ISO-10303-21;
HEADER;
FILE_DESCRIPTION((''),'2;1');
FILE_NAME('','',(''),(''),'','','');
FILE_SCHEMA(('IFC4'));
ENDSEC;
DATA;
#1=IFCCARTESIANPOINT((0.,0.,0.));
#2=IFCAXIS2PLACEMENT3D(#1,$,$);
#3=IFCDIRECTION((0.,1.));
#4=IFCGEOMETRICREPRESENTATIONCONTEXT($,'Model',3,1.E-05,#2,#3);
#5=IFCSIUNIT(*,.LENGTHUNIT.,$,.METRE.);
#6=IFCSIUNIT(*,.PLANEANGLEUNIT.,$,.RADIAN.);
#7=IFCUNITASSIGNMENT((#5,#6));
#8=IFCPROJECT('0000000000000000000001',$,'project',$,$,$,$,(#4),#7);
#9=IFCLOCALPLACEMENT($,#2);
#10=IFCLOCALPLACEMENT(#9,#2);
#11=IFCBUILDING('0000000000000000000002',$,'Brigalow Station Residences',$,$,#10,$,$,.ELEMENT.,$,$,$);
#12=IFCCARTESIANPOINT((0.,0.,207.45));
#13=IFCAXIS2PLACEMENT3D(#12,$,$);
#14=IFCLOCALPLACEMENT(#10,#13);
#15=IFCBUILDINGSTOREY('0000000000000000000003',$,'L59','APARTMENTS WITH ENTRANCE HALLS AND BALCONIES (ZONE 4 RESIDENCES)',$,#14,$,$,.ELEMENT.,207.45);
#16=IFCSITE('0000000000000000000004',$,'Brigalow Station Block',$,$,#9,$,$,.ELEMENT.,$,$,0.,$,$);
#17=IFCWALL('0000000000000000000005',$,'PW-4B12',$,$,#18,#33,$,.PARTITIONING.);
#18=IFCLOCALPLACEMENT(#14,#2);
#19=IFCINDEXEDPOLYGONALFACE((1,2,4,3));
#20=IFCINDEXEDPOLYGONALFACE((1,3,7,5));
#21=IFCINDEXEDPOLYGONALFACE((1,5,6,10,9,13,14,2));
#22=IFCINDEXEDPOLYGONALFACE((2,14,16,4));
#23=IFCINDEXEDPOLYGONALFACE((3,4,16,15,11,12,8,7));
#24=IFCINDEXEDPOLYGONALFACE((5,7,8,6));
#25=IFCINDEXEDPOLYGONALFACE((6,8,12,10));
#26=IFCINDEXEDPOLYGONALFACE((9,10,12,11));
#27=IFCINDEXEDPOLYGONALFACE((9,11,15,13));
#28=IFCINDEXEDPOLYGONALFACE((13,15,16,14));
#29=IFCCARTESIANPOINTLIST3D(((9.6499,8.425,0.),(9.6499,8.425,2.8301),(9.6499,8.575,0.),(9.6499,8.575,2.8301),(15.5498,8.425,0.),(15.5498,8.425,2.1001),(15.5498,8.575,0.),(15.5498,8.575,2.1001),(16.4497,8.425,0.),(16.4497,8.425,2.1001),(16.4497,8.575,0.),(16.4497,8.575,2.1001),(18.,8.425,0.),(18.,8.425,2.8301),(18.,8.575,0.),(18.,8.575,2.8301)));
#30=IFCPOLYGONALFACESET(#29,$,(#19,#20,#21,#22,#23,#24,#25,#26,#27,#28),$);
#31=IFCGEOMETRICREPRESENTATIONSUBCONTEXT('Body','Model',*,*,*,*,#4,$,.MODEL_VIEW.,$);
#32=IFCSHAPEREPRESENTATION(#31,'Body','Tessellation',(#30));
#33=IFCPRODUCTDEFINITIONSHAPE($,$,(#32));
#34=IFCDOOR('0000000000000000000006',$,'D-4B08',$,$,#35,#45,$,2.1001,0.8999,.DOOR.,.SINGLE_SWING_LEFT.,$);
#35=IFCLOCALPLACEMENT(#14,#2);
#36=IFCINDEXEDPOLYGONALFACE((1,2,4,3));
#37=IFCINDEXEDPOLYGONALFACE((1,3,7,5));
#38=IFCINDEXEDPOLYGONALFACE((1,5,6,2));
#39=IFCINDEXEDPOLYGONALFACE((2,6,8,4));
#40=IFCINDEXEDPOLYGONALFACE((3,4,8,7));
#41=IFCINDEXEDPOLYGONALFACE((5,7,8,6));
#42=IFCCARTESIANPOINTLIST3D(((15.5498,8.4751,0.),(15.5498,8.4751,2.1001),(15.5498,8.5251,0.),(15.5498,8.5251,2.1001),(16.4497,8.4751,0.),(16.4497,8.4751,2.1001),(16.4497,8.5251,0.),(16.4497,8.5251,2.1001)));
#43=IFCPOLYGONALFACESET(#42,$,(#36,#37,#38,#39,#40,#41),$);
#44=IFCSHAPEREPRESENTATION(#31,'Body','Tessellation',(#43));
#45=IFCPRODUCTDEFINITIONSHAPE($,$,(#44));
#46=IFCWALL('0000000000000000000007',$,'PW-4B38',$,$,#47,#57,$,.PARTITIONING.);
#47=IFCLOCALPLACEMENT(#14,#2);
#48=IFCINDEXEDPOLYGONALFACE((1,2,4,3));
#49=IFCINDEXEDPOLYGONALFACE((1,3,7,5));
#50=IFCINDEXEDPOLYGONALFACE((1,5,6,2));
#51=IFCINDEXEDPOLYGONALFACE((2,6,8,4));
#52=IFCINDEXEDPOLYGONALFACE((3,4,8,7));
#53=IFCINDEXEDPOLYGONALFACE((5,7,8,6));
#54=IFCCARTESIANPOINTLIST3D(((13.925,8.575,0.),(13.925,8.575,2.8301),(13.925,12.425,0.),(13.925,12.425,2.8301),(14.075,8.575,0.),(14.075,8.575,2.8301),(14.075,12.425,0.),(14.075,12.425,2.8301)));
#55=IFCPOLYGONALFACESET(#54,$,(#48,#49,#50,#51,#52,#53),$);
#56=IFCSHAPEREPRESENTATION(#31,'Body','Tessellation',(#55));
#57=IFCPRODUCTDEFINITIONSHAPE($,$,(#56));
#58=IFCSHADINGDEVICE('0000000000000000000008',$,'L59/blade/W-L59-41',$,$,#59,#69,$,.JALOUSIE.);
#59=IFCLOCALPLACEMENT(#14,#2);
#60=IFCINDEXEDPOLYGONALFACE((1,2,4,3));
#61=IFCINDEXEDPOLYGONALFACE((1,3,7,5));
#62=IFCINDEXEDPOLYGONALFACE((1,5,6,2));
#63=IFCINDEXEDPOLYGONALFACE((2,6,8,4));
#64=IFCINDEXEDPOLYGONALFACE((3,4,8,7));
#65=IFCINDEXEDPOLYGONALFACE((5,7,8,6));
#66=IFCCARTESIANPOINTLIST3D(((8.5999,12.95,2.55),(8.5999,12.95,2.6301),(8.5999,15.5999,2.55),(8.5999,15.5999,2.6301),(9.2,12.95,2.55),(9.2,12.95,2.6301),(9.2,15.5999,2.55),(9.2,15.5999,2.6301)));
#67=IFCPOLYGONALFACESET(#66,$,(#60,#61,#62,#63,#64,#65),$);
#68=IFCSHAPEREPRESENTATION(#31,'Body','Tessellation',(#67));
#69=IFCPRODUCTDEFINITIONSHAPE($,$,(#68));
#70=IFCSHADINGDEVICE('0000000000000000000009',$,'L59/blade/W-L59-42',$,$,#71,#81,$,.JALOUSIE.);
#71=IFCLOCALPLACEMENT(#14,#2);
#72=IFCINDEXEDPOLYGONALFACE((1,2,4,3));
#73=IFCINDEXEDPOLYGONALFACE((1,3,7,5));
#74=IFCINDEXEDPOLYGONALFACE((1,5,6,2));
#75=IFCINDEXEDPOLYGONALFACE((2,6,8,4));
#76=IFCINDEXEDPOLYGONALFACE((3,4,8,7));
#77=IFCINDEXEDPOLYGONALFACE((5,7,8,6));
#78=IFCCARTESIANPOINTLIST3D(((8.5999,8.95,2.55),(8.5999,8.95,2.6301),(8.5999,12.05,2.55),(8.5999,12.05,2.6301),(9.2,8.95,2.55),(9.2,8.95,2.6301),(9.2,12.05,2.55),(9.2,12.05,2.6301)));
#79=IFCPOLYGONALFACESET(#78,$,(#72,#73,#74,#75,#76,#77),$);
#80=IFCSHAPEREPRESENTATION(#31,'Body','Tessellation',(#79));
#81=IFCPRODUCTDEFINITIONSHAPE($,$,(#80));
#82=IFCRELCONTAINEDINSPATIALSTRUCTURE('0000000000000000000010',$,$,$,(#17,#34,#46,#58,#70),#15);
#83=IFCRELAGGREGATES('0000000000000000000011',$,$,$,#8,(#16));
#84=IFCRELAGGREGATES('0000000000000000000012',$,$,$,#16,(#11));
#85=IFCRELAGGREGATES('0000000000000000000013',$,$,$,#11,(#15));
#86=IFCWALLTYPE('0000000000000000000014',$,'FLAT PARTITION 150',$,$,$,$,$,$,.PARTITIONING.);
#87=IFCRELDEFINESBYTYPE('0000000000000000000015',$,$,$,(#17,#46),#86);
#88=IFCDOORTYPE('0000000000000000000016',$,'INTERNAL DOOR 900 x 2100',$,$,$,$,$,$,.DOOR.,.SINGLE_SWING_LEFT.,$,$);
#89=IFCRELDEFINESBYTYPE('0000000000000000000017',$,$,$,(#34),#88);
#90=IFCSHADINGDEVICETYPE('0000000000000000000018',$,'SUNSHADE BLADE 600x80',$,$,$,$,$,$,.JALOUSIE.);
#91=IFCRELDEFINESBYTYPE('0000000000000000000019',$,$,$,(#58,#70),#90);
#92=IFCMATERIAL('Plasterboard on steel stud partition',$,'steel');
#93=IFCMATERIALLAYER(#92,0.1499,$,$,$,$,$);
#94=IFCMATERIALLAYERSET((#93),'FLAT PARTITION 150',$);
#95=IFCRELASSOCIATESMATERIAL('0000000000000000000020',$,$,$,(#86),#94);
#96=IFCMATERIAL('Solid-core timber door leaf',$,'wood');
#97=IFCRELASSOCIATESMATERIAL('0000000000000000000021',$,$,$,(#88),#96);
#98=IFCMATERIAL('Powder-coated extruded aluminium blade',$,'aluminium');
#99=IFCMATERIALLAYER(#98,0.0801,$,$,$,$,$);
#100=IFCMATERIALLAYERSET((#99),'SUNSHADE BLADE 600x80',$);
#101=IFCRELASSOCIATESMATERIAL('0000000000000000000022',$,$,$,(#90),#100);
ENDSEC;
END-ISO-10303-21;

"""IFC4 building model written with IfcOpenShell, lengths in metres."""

from ifc_helpers import new_model, si_unit, direction, frame, frame_2d, origin, origin_2d, place, context, subcontext, project, spatial, rectangle, extrude, material, layer, layer_set, type_object, element, fill, save


model = new_model("IFC4")

# Units and contexts
model_context = context("Model", 3, precision=1e-05, world=origin(), true_north=direction((0.0, 1.0)))
body_context = subcontext(model_context, "Body", "Model", "MODEL_VIEW")
ifc_project = project(units=[si_unit("LENGTHUNIT", "METRE"), si_unit("PLANEANGLEUNIT", "RADIAN")], contexts=[model_context])

# Site, building, storey
site_placement = place(None, origin())
site = spatial("IfcSite", under=ifc_project, at=site_placement, Name="Brigalow Station Block", CompositionType="ELEMENT", RefElevation=0.0)
building_placement = place(site_placement, origin())
building = spatial("IfcBuilding", under=site, at=building_placement, Name="Brigalow Station Residences", CompositionType="ELEMENT")
storey_placement = place(building_placement, frame((0.0, 0.0, 207.45)))
storey = spatial("IfcBuildingStorey", under=building, at=storey_placement, Name="L59", Description="APARTMENTS WITH ENTRANCE HALLS AND BALCONIES (ZONE 4 RESIDENCES)", CompositionType="ELEMENT", Elevation=207.45)

# Shared definitions
ifc_material_1 = material(Name="Plasterboard on steel stud partition", Category="steel")
ifc_layer_1 = layer(ifc_material_1, 0.1499)
ifc_layer_set_1 = layer_set([ifc_layer_1], Name="FLAT PARTITION 150")
wall_type_1 = type_object("IfcWallType", Name="FLAT PARTITION 150", PredefinedType="PARTITIONING", material=ifc_layer_set_1)
ifc_material_2 = material(Name="Solid-core timber door leaf", Category="wood")
door_type = type_object("IfcDoorType", Name="INTERNAL DOOR 900 x 2100", OperationType="SINGLE_SWING_LEFT", PredefinedType="DOOR", material=ifc_material_2)

# Wall, opening, door
wall_1_placement = place(storey_placement, frame((9.6499, 8.5, 0.0), z_axis=(0.0, 0.0, 1.0), x_axis=(1.0, 0.0, 0.0)))
wall_1 = element("IfcWall", 1, at=wall_1_placement, inside=storey, type_object=wall_type_1, Name="PW-4B12", PredefinedType="PARTITIONING", context=body_context, shape_type="SweptSolid", body=[
    extrude(rectangle(XDim=8.3501, YDim=0.1499, at=frame_2d((4.175, 0.0))), origin(), (0.0, 0.0, 1.0), 2.8301),
])
opening_1_placement = place(wall_1_placement, frame((5.8999, 0.0, 0.0)))
opening_1 = element("IfcOpeningElement", 2, at=opening_1_placement, cuts=wall_1, PredefinedType="OPENING", context=body_context, shape_type="SweptSolid", body=[
    extrude(rectangle(XDim=0.8999, YDim=2.1001, at=frame_2d((0.45, 1.05))), frame((0.0, 0.085, 0.0), z_axis=(0.0, -1.0, 0.0), x_axis=(1.0, 0.0, 0.0)), (0.0, 0.0, 1.0), 0.1699),
])
door_1_placement = place(opening_1_placement, frame((0.8999, 0.0, 0.0), z_axis=(0.0, 0.0, 1.0), x_axis=(-1.0, 0.0, 0.0)))
door_1 = element("IfcDoor", 3, at=door_1_placement, inside=storey, type_object=door_type, Name="D-4B08", OperationType="SINGLE_SWING_LEFT", OverallHeight=2.1001, OverallWidth=0.8999, PredefinedType="DOOR", context=body_context, shape_type="SweptSolid", body=[
    extrude(rectangle(XDim=0.8999, YDim=2.1001, at=frame_2d((0.45, 1.05))), frame((0.0, 0.0249, 0.0), z_axis=(0.0, -1.0, 0.0), x_axis=(1.0, 0.0, 0.0)), (0.0, 0.0, 1.0), 0.05),
])
fill(opening_1, door_1)

# Wall
wall_2_placement = place(storey_placement, frame((14.0, 8.575, 0.0), z_axis=(0.0, 0.0, 1.0), x_axis=(0.0, 1.0, 0.0)))
element("IfcWall", 4, at=wall_2_placement, inside=storey, type_object=wall_type_1, Name="PW-4B38", PredefinedType="PARTITIONING", context=body_context, shape_type="SweptSolid", body=[
    extrude(rectangle(XDim=3.8501, YDim=0.1499, at=frame_2d((1.925, 0.0))), origin(), (0.0, 0.0, 1.0), 2.8301),
])

# Shading devices
ifc_material_3 = material(Name="Powder-coated extruded aluminium blade", Category="aluminium")
ifc_layer_2 = layer(ifc_material_3, 0.0801)
ifc_layer_set_2 = layer_set([ifc_layer_2], Name="SUNSHADE BLADE 600x80")
shading_device_type = type_object("IfcShadingDeviceType", Name="SUNSHADE BLADE 600x80", PredefinedType="JALOUSIE", material=ifc_layer_set_2)
shading_device_1_placement = place(storey_placement, frame((8.8999, 14.2749, 2.55), z_axis=(0.0, 0.0, 1.0), x_axis=(0.0, -1.0, 0.0)))
element("IfcShadingDevice", 5, at=shading_device_1_placement, inside=storey, type_object=shading_device_type, Name="L59/blade/W-L59-41", PredefinedType="JALOUSIE", context=body_context, shape_type="SweptSolid", body=[
    extrude(rectangle(XDim=2.6499, YDim=0.6001, at=origin_2d()), origin(), (0.0, 0.0, 1.0), 0.0801),
])
shading_device_2_placement = place(storey_placement, frame((8.8999, 10.5, 2.55), z_axis=(0.0, 0.0, 1.0), x_axis=(0.0, -1.0, 0.0)))
element("IfcShadingDevice", 6, at=shading_device_2_placement, inside=storey, type_object=shading_device_type, Name="L59/blade/W-L59-42", PredefinedType="JALOUSIE", context=body_context, shape_type="SweptSolid", body=[
    extrude(rectangle(XDim=3.1001, YDim=0.6001, at=origin_2d()), origin(), (0.0, 0.0, 1.0), 0.0801),
])

save(model, "model.ifc")
